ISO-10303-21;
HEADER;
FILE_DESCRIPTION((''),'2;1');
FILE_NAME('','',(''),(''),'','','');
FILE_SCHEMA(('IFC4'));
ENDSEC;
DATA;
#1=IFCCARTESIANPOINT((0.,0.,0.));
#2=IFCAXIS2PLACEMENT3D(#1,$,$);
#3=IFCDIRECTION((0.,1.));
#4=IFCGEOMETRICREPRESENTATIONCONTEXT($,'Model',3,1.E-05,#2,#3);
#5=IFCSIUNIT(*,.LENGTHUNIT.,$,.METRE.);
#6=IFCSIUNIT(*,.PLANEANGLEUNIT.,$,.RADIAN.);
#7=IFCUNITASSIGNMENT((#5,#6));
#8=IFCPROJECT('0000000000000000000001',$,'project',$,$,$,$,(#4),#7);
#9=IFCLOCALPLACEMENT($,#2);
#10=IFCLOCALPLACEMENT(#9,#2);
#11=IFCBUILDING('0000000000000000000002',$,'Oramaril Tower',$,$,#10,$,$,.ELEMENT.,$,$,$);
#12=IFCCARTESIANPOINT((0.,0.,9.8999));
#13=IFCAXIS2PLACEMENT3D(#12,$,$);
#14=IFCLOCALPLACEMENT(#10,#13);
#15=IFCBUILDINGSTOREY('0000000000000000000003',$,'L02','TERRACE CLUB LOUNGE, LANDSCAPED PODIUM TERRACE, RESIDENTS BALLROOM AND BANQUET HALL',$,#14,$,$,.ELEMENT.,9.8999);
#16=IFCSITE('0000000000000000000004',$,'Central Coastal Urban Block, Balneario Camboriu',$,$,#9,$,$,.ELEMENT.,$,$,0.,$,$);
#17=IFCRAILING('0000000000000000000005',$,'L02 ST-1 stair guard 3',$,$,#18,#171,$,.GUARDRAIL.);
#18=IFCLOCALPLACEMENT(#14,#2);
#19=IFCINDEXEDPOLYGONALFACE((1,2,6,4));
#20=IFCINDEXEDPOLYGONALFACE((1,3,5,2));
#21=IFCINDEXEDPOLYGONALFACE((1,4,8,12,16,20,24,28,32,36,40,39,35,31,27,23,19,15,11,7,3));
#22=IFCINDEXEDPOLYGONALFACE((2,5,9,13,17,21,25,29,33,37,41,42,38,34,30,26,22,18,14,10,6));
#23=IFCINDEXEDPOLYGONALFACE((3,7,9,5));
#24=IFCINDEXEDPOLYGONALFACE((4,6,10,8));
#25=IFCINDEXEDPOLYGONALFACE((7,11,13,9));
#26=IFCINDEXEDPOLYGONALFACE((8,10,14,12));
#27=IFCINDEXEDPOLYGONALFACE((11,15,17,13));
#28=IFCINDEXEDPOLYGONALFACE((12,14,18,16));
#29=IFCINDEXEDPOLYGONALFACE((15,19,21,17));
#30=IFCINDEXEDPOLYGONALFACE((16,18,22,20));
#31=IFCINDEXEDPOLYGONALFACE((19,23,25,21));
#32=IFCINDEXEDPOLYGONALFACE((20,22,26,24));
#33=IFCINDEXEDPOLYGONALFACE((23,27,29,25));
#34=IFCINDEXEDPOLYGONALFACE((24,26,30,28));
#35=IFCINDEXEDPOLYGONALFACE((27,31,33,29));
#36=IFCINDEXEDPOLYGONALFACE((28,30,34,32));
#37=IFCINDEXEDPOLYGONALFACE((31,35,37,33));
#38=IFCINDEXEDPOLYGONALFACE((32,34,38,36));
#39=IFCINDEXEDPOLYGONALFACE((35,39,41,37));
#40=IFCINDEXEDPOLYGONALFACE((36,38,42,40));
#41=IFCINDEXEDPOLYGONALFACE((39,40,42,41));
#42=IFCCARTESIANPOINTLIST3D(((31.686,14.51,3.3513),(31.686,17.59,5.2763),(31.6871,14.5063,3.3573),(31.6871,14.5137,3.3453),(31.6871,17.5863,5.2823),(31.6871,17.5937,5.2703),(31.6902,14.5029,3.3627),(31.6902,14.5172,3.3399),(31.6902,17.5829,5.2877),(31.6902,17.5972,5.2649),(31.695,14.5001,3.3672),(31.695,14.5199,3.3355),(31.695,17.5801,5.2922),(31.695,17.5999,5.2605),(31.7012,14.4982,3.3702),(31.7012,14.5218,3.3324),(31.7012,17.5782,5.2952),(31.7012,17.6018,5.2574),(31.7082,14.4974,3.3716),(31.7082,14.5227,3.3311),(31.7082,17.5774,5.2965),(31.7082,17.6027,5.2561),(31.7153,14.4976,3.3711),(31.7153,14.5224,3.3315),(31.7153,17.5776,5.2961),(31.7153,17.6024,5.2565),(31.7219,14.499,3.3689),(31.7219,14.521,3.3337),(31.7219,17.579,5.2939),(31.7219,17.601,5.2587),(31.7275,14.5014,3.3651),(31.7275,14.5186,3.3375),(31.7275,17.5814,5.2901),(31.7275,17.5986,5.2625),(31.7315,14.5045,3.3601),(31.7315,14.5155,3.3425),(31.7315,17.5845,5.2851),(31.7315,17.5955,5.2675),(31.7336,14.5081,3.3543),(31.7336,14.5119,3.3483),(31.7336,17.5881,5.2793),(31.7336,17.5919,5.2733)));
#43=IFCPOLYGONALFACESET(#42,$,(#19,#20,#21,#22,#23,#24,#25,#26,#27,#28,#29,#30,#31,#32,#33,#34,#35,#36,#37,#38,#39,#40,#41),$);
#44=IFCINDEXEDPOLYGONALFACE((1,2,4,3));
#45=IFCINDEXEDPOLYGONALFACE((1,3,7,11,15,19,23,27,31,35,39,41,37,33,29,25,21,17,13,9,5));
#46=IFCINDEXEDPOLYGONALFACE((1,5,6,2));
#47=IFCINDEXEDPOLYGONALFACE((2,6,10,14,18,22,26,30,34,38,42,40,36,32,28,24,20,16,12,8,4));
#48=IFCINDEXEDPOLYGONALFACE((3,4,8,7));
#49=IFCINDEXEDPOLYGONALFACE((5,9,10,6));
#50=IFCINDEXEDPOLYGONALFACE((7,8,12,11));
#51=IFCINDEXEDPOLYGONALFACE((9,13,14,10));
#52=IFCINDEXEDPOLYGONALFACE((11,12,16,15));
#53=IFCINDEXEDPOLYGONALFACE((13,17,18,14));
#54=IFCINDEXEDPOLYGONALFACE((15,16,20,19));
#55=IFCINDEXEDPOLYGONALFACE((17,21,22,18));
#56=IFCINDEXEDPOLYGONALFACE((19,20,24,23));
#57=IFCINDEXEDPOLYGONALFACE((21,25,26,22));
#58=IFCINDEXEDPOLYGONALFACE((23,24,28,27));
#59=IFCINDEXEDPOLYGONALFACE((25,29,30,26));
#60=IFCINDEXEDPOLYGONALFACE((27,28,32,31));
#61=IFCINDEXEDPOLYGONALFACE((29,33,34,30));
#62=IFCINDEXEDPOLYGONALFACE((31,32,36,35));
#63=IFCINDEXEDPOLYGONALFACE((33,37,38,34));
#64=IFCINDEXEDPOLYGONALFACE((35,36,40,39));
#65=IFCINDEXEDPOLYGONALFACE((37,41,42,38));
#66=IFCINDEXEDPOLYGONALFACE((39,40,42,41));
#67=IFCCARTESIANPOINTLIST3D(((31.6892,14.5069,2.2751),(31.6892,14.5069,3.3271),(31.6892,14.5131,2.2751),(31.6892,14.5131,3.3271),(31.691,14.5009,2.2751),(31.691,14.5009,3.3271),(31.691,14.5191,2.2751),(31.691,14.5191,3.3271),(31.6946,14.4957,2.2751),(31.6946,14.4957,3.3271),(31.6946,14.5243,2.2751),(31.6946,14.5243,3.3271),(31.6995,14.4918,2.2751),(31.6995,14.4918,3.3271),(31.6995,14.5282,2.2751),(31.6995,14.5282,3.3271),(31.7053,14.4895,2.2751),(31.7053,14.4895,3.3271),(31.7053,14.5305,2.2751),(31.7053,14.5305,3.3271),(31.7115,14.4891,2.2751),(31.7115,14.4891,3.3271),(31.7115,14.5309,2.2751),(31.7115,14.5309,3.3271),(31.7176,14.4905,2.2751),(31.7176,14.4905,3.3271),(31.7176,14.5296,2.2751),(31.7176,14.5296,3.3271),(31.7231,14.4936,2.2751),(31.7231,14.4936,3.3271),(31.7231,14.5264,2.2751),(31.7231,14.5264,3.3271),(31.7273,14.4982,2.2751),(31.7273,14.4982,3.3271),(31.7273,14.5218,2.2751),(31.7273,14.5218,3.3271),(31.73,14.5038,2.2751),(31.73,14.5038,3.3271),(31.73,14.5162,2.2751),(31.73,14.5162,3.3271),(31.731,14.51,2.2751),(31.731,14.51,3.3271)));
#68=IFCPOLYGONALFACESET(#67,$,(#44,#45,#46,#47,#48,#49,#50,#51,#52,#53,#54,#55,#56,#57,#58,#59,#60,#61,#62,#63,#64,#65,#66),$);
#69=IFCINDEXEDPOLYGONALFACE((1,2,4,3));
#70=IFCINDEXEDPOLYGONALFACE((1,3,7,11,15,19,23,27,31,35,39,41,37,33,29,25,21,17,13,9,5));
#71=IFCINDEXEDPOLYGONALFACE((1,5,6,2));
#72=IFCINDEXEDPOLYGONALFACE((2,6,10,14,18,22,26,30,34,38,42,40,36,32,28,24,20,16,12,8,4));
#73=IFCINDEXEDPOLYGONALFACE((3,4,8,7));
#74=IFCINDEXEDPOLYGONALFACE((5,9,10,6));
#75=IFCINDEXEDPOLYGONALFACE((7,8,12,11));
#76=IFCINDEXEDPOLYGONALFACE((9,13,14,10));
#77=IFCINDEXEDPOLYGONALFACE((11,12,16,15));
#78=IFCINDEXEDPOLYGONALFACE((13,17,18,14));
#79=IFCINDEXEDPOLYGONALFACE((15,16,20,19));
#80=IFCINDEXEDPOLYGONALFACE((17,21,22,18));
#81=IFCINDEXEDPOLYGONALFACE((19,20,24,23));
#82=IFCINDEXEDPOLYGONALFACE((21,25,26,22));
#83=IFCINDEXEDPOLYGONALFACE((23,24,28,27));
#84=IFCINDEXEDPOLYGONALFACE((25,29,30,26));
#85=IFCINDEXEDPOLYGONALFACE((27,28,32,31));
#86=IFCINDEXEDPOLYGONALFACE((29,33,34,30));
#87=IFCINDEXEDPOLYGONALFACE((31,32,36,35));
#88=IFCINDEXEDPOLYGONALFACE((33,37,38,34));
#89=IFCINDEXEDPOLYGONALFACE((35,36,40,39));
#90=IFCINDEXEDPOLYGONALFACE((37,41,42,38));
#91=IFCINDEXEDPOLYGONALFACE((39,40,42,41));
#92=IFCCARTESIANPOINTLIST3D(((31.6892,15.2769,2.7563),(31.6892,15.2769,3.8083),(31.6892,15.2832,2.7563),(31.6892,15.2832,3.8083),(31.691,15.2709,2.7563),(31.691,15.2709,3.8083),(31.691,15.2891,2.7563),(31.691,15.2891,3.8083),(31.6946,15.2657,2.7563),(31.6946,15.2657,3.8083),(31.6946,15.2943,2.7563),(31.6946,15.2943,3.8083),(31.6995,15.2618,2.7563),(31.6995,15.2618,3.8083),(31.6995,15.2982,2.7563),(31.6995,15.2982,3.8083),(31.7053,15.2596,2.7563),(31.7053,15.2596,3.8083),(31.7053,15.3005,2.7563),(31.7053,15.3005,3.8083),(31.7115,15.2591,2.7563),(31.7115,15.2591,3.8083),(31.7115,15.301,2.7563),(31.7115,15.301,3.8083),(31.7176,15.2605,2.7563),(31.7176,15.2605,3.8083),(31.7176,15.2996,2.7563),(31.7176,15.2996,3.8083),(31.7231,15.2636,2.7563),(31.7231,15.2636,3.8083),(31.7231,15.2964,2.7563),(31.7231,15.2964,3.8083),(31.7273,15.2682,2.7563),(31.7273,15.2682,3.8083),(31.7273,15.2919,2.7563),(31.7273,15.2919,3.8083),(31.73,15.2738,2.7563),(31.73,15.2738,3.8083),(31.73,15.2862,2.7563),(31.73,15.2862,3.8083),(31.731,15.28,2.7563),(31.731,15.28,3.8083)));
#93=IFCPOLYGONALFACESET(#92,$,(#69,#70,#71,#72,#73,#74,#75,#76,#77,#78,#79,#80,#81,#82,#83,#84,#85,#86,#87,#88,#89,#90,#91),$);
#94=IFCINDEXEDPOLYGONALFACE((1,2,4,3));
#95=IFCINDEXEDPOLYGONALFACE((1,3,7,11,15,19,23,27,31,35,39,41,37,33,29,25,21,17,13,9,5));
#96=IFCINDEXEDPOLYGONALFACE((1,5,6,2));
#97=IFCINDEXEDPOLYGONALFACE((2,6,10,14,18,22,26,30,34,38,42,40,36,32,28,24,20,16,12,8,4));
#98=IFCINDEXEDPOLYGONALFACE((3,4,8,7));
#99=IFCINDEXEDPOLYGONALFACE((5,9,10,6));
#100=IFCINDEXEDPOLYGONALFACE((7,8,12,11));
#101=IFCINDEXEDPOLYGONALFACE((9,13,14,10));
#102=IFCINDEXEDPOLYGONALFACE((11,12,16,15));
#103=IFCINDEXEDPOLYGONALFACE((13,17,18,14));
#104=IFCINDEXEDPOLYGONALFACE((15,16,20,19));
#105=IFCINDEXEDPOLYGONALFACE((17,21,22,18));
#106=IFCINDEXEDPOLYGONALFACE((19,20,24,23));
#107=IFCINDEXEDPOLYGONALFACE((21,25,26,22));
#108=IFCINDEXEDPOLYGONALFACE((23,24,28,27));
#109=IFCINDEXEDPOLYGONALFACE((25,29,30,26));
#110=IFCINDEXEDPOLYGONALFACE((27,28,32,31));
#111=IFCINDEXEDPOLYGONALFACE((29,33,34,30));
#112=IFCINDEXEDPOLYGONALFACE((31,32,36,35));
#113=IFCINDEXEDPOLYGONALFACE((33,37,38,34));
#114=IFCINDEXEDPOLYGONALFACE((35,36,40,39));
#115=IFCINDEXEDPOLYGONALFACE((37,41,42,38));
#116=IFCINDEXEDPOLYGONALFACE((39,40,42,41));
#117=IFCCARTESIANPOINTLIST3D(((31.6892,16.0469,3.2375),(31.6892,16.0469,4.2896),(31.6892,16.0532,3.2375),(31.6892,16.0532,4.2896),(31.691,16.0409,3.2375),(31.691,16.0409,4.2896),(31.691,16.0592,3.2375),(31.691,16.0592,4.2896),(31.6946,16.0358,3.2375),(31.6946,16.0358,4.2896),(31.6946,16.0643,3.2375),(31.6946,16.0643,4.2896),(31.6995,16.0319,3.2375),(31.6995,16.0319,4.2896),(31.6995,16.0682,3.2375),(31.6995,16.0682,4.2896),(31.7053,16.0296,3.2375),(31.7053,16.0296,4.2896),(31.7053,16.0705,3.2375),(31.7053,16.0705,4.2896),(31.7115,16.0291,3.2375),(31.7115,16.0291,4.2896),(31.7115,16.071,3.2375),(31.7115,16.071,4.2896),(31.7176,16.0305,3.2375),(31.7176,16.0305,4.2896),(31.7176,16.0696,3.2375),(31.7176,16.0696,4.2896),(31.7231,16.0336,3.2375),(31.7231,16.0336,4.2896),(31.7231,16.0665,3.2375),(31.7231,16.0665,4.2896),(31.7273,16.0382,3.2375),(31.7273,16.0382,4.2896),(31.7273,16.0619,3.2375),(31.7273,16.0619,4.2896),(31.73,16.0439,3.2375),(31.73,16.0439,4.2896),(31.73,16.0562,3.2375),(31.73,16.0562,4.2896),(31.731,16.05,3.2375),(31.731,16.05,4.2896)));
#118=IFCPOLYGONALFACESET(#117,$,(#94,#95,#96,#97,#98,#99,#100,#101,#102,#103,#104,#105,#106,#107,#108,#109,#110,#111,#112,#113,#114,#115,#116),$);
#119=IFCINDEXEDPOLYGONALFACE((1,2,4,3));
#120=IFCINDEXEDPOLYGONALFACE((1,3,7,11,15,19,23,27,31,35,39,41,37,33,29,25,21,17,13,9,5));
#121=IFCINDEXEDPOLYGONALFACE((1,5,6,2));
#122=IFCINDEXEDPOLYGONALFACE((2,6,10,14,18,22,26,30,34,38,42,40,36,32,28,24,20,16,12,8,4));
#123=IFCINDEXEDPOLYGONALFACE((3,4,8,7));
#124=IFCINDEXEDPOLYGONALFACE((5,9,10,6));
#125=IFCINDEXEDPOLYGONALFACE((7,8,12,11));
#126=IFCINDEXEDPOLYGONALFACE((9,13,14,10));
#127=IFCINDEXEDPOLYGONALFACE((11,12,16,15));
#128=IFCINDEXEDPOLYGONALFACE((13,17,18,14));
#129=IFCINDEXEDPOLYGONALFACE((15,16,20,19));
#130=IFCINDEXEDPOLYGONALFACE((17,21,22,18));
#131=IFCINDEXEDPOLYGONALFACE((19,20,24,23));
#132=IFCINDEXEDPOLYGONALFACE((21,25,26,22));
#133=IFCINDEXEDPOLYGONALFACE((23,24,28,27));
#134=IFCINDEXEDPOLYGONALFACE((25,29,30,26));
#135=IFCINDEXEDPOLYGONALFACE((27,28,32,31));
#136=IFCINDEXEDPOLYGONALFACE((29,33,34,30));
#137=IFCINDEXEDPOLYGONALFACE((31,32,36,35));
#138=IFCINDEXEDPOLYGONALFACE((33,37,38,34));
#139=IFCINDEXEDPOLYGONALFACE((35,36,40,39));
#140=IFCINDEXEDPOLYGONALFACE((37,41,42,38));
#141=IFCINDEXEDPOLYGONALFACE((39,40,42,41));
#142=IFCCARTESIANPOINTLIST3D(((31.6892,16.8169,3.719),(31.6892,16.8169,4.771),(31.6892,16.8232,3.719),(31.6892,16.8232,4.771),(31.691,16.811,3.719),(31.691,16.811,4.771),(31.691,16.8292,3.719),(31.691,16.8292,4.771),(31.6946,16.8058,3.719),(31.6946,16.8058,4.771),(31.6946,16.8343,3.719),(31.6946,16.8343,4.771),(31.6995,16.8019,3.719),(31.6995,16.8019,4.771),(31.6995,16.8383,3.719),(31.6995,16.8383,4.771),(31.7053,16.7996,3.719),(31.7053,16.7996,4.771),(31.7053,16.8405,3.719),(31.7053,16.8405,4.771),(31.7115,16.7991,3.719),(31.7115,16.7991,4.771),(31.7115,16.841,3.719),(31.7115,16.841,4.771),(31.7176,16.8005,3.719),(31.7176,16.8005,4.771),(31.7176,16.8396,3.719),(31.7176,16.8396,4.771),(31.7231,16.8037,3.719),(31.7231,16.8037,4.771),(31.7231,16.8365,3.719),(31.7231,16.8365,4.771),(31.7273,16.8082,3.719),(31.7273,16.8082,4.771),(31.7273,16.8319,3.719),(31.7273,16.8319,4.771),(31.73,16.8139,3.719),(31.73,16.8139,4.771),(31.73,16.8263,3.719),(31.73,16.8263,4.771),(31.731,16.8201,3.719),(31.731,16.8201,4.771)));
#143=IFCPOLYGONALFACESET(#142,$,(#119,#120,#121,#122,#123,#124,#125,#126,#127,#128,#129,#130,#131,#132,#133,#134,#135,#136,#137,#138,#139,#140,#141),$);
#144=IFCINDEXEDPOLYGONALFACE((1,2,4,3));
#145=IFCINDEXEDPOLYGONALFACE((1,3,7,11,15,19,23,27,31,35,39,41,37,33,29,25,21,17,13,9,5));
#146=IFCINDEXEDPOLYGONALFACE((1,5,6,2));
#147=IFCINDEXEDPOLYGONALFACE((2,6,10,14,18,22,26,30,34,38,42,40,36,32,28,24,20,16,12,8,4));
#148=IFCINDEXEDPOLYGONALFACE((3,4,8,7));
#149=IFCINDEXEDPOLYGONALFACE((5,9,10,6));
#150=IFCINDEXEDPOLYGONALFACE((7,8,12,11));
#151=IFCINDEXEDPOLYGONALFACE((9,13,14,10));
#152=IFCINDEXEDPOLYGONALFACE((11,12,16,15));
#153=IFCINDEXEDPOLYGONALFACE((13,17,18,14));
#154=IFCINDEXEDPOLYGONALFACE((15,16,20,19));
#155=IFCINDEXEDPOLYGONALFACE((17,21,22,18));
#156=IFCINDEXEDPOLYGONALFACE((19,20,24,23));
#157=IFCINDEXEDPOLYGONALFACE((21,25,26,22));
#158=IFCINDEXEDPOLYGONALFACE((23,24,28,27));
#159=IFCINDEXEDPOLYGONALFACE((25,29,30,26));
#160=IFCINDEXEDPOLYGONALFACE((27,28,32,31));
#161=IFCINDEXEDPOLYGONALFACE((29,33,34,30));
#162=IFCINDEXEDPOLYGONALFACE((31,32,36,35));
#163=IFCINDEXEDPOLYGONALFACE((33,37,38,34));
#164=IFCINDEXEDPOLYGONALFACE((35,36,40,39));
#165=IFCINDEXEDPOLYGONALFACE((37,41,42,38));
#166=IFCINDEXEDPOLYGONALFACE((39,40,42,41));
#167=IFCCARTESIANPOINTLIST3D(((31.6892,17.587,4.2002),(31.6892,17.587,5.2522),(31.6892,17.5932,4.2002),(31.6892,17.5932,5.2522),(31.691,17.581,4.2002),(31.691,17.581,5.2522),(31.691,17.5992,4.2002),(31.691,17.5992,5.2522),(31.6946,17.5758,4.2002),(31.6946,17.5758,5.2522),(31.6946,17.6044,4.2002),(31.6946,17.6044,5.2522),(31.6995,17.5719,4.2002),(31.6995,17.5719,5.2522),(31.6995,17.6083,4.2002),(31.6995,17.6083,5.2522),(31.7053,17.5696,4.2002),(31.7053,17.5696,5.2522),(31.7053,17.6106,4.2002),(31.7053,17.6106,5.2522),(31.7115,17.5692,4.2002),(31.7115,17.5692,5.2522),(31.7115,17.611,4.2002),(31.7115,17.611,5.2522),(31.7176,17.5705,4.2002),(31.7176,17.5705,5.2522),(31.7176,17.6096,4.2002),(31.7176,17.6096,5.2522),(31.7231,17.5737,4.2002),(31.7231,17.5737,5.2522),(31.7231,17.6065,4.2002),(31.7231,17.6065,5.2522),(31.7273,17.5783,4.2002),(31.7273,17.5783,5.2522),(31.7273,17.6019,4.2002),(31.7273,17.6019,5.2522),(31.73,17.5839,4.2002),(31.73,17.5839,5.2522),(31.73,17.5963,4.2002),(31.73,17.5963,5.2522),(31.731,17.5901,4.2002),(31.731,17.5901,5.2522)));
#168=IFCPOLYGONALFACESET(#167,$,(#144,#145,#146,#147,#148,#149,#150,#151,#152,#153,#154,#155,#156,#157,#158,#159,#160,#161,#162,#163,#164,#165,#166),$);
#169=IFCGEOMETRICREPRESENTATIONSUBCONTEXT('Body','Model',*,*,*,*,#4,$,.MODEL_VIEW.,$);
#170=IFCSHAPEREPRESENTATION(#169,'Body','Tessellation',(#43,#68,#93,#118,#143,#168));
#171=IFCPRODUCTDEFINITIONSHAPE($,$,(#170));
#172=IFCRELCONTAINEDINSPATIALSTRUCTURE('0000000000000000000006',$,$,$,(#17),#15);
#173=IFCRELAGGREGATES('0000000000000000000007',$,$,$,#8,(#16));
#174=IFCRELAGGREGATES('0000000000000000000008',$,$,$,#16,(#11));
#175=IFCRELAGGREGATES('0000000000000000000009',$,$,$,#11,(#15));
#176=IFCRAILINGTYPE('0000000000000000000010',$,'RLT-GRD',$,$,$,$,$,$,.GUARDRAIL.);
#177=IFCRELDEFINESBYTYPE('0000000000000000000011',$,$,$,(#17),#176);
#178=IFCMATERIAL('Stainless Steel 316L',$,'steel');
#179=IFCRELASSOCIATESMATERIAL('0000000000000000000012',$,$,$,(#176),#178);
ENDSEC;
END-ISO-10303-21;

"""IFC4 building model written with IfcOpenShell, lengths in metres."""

from ifc_helpers import new_model, si_unit, direction, frame, origin, origin_2d, place, context, subcontext, project, spatial, circle, extrude, material, type_object, element, save


model = new_model("IFC4")

# Units and contexts
model_context = context("Model", 3, precision=1e-05, world=origin(), true_north=direction((0.0, 1.0)))
body_context = subcontext(model_context, "Body", "Model", "MODEL_VIEW")
ifc_project = project(units=[si_unit("LENGTHUNIT", "METRE"), si_unit("PLANEANGLEUNIT", "RADIAN")], contexts=[model_context])

# Site, building, storey
site_placement = place(None, origin())
site = spatial("IfcSite", under=ifc_project, at=site_placement, Name="Central Coastal Urban Block, Balneario Camboriu", CompositionType="ELEMENT", RefElevation=0.0)
building_placement = place(site_placement, origin())
building = spatial("IfcBuilding", under=site, at=building_placement, Name="Oramaril Tower", CompositionType="ELEMENT")
storey_placement = place(building_placement, frame((0.0, 0.0, 9.8999)))
storey = spatial("IfcBuildingStorey", under=building, at=storey_placement, Name="L02", Description="TERRACE CLUB LOUNGE, LANDSCAPED PODIUM TERRACE, RESIDENTS BALLROOM AND BANQUET HALL", CompositionType="ELEMENT", Elevation=9.8999)

# Railing
ifc_material_1 = material(Name="Stainless Steel 316L", Category="steel")
railing_type_1 = type_object("IfcRailingType", Name="RLT-GRD", PredefinedType="GUARDRAIL", material=ifc_material_1)
railing_1_placement = place(storey_placement, frame((31.71, 14.51, 2.2751)))
element("IfcRailing", 1, at=railing_1_placement, inside=storey, type_object=railing_type_1, Name="L02 ST-1 stair guard 3", PredefinedType="GUARDRAIL", context=body_context, shape_type="SweptSolid", body=[
    extrude(circle(Radius=0.0239, at=origin_2d()), frame((0.0, 0.0, 1.0762), z_axis=(0.0, 0.847998, 0.529999), x_axis=(-1.0, 0.0, 0.0)), (0.0, 0.0, 1.0), 3.6321),
    extrude(circle(Radius=0.021, at=origin_2d()), origin(), (0.0, 0.0, 1.0), 1.052),
    extrude(circle(Radius=0.021, at=origin_2d()), frame((0.0, 0.77, 0.4812)), (0.0, 0.0, 1.0), 1.052),
    extrude(circle(Radius=0.021, at=origin_2d()), frame((0.0, 1.54, 0.9624)), (0.0, 0.0, 1.0), 1.052),
    extrude(circle(Radius=0.021, at=origin_2d()), frame((0.0, 2.3101, 1.4438)), (0.0, 0.0, 1.0), 1.052),
    extrude(circle(Radius=0.021, at=origin_2d()), frame((0.0, 3.0801, 1.925)), (0.0, 0.0, 1.0), 1.052),
])

save(model, "model.ifc")
